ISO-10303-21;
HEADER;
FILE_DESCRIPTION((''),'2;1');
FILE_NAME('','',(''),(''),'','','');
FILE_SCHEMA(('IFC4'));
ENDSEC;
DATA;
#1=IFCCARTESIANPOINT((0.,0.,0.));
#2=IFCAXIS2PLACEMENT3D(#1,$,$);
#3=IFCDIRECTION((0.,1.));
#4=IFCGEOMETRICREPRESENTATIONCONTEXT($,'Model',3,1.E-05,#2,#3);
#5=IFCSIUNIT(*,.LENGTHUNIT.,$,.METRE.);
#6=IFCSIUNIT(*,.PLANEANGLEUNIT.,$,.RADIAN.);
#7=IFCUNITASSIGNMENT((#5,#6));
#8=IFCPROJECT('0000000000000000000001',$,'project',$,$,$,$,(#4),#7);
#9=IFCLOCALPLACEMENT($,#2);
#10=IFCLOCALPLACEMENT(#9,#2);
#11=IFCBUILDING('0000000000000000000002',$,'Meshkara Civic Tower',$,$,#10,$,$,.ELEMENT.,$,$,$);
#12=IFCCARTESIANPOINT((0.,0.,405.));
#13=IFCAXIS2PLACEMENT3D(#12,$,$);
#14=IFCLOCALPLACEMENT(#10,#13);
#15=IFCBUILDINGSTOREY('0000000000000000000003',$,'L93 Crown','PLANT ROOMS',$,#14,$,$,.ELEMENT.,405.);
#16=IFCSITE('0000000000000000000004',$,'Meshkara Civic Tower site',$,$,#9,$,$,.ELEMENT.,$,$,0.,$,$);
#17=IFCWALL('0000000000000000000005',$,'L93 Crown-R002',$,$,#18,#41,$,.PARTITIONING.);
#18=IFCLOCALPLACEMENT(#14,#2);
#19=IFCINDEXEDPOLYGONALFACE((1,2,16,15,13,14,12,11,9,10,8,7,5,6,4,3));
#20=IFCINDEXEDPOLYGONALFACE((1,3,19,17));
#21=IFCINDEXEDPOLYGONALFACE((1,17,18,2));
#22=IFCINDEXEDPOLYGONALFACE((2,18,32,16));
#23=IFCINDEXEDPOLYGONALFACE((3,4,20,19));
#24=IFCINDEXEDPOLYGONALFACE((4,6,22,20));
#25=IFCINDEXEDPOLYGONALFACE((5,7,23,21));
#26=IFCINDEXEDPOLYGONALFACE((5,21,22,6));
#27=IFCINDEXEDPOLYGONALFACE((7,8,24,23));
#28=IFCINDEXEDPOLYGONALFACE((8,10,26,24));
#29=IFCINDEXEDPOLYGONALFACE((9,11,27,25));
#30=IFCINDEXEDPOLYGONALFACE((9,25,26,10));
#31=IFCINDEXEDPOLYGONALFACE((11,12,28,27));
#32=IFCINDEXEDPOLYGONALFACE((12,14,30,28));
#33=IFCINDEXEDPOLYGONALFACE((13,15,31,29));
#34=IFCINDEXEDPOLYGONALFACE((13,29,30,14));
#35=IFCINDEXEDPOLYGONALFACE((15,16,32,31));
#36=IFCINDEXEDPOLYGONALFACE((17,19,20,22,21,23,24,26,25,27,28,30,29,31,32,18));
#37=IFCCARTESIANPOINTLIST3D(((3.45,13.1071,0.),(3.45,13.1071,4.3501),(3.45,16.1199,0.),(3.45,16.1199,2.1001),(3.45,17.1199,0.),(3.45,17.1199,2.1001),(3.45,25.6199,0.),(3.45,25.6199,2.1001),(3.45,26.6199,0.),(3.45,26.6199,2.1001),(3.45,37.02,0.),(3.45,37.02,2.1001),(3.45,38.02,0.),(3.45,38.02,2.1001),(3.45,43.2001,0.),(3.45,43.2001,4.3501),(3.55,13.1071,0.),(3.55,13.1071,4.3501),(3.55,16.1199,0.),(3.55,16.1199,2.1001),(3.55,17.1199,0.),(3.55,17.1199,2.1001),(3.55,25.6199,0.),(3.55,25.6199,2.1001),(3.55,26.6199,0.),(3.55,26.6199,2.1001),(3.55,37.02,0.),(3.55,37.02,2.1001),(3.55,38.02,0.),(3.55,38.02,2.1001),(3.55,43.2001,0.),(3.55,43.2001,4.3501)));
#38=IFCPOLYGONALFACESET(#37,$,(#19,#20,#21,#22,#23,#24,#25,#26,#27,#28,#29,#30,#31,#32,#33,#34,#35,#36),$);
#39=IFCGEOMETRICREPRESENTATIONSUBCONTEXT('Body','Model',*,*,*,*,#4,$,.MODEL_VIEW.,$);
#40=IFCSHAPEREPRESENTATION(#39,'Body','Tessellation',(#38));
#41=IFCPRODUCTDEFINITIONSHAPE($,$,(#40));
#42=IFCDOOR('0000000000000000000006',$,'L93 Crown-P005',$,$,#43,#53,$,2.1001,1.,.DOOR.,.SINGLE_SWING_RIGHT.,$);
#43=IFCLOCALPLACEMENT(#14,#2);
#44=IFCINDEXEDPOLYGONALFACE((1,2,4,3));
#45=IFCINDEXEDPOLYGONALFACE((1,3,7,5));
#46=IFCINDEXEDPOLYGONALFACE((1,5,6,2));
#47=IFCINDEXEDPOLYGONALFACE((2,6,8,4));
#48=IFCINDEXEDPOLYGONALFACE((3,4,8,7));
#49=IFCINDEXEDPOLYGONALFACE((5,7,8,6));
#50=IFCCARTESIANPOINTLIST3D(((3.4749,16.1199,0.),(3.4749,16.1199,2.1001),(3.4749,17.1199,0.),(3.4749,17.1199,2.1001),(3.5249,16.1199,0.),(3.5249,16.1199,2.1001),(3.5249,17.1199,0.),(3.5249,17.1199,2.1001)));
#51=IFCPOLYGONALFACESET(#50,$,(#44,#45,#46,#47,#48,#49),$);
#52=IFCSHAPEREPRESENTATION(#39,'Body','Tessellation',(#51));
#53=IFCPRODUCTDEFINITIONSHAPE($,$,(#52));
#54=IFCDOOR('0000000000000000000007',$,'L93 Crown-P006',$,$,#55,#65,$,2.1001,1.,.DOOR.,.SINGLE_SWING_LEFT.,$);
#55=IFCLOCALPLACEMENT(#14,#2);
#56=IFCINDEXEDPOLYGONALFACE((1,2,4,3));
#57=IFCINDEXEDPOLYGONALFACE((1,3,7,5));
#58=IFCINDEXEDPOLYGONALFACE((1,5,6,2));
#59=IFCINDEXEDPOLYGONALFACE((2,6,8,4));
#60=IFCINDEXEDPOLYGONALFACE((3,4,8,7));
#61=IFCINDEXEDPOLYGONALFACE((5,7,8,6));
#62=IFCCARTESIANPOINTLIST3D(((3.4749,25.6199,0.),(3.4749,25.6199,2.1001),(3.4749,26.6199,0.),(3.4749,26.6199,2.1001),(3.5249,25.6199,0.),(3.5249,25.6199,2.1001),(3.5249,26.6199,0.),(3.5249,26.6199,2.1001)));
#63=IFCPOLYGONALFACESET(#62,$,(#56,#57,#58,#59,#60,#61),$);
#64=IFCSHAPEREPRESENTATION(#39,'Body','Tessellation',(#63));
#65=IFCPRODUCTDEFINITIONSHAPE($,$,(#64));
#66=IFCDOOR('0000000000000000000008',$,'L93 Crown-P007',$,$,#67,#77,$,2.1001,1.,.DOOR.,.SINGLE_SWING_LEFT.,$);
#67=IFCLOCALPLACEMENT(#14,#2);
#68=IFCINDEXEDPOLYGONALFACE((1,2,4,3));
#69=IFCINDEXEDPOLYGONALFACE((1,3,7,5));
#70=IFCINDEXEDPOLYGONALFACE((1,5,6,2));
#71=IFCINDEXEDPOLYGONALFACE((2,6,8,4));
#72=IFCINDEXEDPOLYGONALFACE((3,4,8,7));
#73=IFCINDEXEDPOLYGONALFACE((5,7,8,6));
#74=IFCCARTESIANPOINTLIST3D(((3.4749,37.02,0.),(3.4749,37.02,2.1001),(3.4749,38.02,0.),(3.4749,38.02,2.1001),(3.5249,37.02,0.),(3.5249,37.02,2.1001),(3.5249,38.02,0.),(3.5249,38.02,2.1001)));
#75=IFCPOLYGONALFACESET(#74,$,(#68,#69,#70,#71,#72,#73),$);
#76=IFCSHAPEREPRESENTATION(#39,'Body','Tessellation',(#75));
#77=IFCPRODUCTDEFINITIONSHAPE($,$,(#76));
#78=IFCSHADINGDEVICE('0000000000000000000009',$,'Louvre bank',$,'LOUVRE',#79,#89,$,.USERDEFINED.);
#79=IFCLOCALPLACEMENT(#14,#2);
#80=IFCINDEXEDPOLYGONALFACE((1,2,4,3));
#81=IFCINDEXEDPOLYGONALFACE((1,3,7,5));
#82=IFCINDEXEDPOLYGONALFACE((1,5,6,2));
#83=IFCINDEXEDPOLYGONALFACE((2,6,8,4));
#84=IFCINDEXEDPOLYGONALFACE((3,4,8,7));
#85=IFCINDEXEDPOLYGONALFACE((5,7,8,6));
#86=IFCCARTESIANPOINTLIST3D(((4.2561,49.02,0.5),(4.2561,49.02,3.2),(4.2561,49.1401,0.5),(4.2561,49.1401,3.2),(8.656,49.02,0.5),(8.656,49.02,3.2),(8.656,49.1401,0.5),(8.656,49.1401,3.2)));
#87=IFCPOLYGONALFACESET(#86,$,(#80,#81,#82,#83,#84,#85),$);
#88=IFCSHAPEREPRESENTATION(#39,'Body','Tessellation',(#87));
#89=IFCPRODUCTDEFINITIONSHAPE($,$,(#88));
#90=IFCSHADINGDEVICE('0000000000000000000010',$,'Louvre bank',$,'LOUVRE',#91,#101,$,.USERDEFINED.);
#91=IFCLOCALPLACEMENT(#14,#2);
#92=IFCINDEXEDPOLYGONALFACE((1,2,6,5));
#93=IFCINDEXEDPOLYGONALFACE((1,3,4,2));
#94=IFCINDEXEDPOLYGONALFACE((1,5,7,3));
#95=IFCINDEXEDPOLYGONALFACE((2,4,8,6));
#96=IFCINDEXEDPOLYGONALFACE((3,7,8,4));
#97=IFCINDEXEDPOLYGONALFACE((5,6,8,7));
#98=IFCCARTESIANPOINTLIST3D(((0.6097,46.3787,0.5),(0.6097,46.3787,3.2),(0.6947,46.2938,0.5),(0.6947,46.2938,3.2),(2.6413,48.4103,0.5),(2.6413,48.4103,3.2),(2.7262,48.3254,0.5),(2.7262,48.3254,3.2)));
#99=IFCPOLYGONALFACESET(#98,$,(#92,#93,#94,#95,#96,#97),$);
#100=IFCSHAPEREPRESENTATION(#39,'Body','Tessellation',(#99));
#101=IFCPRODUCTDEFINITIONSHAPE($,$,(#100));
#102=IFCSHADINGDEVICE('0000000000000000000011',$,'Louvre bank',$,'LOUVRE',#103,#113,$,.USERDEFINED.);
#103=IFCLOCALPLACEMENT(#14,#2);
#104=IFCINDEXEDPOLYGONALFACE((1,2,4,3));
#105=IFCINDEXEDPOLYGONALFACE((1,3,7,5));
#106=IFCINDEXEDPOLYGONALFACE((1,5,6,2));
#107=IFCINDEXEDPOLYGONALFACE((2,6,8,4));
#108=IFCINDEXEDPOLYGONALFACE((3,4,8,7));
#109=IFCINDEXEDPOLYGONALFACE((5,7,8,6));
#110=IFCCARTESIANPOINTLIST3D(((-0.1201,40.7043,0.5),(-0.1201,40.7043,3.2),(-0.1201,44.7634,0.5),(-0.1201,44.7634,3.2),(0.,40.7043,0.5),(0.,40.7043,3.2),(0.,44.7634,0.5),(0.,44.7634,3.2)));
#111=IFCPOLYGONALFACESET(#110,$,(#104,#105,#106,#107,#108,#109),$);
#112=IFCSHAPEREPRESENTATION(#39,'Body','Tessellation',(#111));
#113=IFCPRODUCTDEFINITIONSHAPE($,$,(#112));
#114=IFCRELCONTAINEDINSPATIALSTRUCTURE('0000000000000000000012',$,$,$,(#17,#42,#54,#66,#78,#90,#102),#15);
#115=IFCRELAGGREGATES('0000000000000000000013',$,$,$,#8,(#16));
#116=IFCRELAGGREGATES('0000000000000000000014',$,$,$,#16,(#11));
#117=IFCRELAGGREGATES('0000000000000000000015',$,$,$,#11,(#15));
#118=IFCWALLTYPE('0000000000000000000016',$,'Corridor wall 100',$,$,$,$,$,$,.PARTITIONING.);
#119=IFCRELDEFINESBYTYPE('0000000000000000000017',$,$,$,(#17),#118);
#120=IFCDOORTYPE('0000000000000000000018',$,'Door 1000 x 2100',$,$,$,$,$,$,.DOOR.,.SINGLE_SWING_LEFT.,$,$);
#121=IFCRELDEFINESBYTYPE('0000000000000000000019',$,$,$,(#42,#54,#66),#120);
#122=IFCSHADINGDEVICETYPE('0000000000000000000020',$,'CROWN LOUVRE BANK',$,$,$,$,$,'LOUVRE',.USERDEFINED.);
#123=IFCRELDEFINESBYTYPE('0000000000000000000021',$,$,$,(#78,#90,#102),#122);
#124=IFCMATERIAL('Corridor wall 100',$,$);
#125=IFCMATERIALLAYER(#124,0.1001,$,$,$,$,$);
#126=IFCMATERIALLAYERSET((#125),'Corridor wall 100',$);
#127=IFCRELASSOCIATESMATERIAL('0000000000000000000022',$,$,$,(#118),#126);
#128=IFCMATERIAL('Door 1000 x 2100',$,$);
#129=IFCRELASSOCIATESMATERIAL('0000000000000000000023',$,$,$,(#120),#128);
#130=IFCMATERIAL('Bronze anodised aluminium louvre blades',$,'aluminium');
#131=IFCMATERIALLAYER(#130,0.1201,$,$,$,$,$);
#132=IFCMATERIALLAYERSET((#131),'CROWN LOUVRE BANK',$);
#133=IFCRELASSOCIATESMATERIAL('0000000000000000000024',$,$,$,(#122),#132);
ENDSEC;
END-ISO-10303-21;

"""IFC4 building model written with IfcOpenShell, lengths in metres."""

from ifc_helpers import new_model, si_unit, direction, frame, frame_2d, origin, origin_2d, place, context, subcontext, project, spatial, rectangle, extrude, material, layer, layer_set, type_object, element, fill, save


model = new_model("IFC4")

# Units and contexts
model_context = context("Model", 3, precision=1e-05, world=origin(), true_north=direction((0.0, 1.0)))
body_context = subcontext(model_context, "Body", "Model", "MODEL_VIEW")
ifc_project = project(units=[si_unit("LENGTHUNIT", "METRE"), si_unit("PLANEANGLEUNIT", "RADIAN")], contexts=[model_context])

# Site, building, storey
site_placement = place(None, origin())
site = spatial("IfcSite", under=ifc_project, at=site_placement, Name="Meshkara Civic Tower site", CompositionType="ELEMENT", RefElevation=0.0)
building_placement = place(site_placement, origin())
building = spatial("IfcBuilding", under=site, at=building_placement, Name="Meshkara Civic Tower", CompositionType="ELEMENT")
storey_placement = place(building_placement, frame((0.0, 0.0, 405.0)))
storey = spatial("IfcBuildingStorey", under=building, at=storey_placement, Name="L93 Crown", Description="PLANT ROOMS", CompositionType="ELEMENT", Elevation=405.0)

# Shared definitions
ifc_material_1 = material(Name="Corridor wall 100")
ifc_layer_1 = layer(ifc_material_1, 0.1001)
ifc_layer_set_1 = layer_set([ifc_layer_1], Name="Corridor wall 100")
wall_type_1 = type_object("IfcWallType", Name="Corridor wall 100", PredefinedType="PARTITIONING", material=ifc_layer_set_1)

# Wall, openings, doors
wall_1_placement = place(storey_placement, frame((3.5, 43.2, 0.0), z_axis=(0.0, 0.0, 1.0), x_axis=(0.0, -1.0, 0.0)))
wall_1 = element("IfcWall", 1, at=wall_1_placement, inside=storey, type_object=wall_type_1, Name="L93 Crown-R002", PredefinedType="PARTITIONING", context=body_context, shape_type="SweptSolid", body=[
    extrude(rectangle(XDim=30.093, YDim=0.1001, at=frame_2d((15.0464, 0.0))), origin(), (0.0, 0.0, 1.0), 4.3501),
])
opening_1_placement = place(wall_1_placement, frame((26.0801, 0.0, 0.0)))
opening_1 = element("IfcOpeningElement", 2, at=opening_1_placement, cuts=wall_1, PredefinedType="OPENING", context=body_context, shape_type="SweptSolid", body=[
    extrude(rectangle(XDim=1.0, YDim=2.1001, at=frame_2d((0.5, 1.05))), frame((0.0, 0.0601, 0.0), z_axis=(0.0, -1.0, 0.0), x_axis=(1.0, 0.0, 0.0)), (0.0, 0.0, 1.0), 0.1201),
])
opening_2_placement = place(wall_1_placement, frame((16.5801, 0.0, 0.0)))
opening_2 = element("IfcOpeningElement", 3, at=opening_2_placement, cuts=wall_1, PredefinedType="OPENING", context=body_context, shape_type="SweptSolid", body=[
    extrude(rectangle(XDim=1.0, YDim=2.1001, at=frame_2d((0.5, 1.05))), frame((0.0, 0.0601, 0.0), z_axis=(0.0, -1.0, 0.0), x_axis=(1.0, 0.0, 0.0)), (0.0, 0.0, 1.0), 0.1201),
])
opening_3_placement = place(wall_1_placement, frame((5.1799, 0.0, 0.0)))
opening_3 = element("IfcOpeningElement", 4, at=opening_3_placement, cuts=wall_1, PredefinedType="OPENING", context=body_context, shape_type="SweptSolid", body=[
    extrude(rectangle(XDim=1.0, YDim=2.1001, at=frame_2d((0.5, 1.05))), frame((0.0, 0.0601, 0.0), z_axis=(0.0, -1.0, 0.0), x_axis=(1.0, 0.0, 0.0)), (0.0, 0.0, 1.0), 0.1201),
])
ifc_material_2 = material(Name="Door 1000 x 2100")
door_type_1 = type_object("IfcDoorType", Name="Door 1000 x 2100", OperationType="SINGLE_SWING_LEFT", PredefinedType="DOOR", material=ifc_material_2)
door_1_placement = place(opening_1_placement, origin())
door_1 = element("IfcDoor", 5, at=door_1_placement, inside=storey, type_object=door_type_1, Name="L93 Crown-P005", OperationType="SINGLE_SWING_RIGHT", OverallHeight=2.1001, OverallWidth=1.0, PredefinedType="DOOR", context=body_context, shape_type="SweptSolid", body=[
    extrude(rectangle(XDim=1.0, YDim=2.1001, at=frame_2d((0.5, 1.05))), frame((0.0, 0.0249, 0.0), z_axis=(0.0, -1.0, 0.0), x_axis=(1.0, 0.0, 0.0)), (0.0, 0.0, 1.0), 0.05),
])
fill(opening_1, door_1)
door_2_placement = place(opening_2_placement, origin())
door_2 = element("IfcDoor", 6, at=door_2_placement, inside=storey, type_object=door_type_1, Name="L93 Crown-P006", OperationType="SINGLE_SWING_LEFT", OverallHeight=2.1001, OverallWidth=1.0, PredefinedType="DOOR", context=body_context, shape_type="SweptSolid", body=[
    extrude(rectangle(XDim=1.0, YDim=2.1001, at=frame_2d((0.5, 1.05))), frame((0.0, 0.0249, 0.0), z_axis=(0.0, -1.0, 0.0), x_axis=(1.0, 0.0, 0.0)), (0.0, 0.0, 1.0), 0.05),
])
fill(opening_2, door_2)
door_3_placement = place(opening_3_placement, origin())
door_3 = element("IfcDoor", 7, at=door_3_placement, inside=storey, type_object=door_type_1, Name="L93 Crown-P007", OperationType="SINGLE_SWING_LEFT", OverallHeight=2.1001, OverallWidth=1.0, PredefinedType="DOOR", context=body_context, shape_type="SweptSolid", body=[
    extrude(rectangle(XDim=1.0, YDim=2.1001, at=frame_2d((0.5, 1.05))), frame((0.0, 0.0249, 0.0), z_axis=(0.0, -1.0, 0.0), x_axis=(1.0, 0.0, 0.0)), (0.0, 0.0, 1.0), 0.05),
])
fill(opening_3, door_3)

# Shading devices
ifc_material_3 = material(Name="Bronze anodised aluminium louvre blades", Category="aluminium")
ifc_layer_2 = layer(ifc_material_3, 0.1201)
ifc_layer_set_2 = layer_set([ifc_layer_2], Name="CROWN LOUVRE BANK")
shading_device_type = type_object("IfcShadingDeviceType", Name="CROWN LOUVRE BANK", ElementType="LOUVRE", PredefinedType="USERDEFINED", material=ifc_layer_set_2)
shading_device_1_placement = place(storey_placement, frame((6.4561, 49.0801, 0.5), z_axis=(0.0, 0.0, 1.0), x_axis=(-1.0, 0.0, 0.0)))
element("IfcShadingDevice", 8, at=shading_device_1_placement, inside=storey, type_object=shading_device_type, Name="Louvre bank", ObjectType="LOUVRE", PredefinedType="USERDEFINED", context=body_context, shape_type="SweptSolid", body=[
    extrude(rectangle(XDim=4.3999, YDim=0.1201, at=origin_2d()), origin(), (0.0, 0.0, 1.0), 2.7),
])
shading_device_2_placement = place(storey_placement, frame((1.668, 47.3521, 0.5), z_axis=(0.0, 0.0, 1.0), x_axis=(-0.707107, -0.707107, 0.0)))
element("IfcShadingDevice", 9, at=shading_device_2_placement, inside=storey, type_object=shading_device_type, Name="Louvre bank", ObjectType="LOUVRE", PredefinedType="USERDEFINED", context=body_context, shape_type="SweptSolid", body=[
    extrude(rectangle(XDim=2.873, YDim=0.1201, at=origin_2d()), origin(), (0.0, 0.0, 1.0), 2.7),
])
shading_device_3_placement = place(storey_placement, frame((-0.0601, 42.7339, 0.5), z_axis=(0.0, 0.0, 1.0), x_axis=(0.0, -1.0, 0.0)))
element("IfcShadingDevice", 10, at=shading_device_3_placement, inside=storey, type_object=shading_device_type, Name="Louvre bank", ObjectType="LOUVRE", PredefinedType="USERDEFINED", context=body_context, shape_type="SweptSolid", body=[
    extrude(rectangle(XDim=4.0591, YDim=0.1201, at=origin_2d()), origin(), (0.0, 0.0, 1.0), 2.7),
])

save(model, "model.ifc")
